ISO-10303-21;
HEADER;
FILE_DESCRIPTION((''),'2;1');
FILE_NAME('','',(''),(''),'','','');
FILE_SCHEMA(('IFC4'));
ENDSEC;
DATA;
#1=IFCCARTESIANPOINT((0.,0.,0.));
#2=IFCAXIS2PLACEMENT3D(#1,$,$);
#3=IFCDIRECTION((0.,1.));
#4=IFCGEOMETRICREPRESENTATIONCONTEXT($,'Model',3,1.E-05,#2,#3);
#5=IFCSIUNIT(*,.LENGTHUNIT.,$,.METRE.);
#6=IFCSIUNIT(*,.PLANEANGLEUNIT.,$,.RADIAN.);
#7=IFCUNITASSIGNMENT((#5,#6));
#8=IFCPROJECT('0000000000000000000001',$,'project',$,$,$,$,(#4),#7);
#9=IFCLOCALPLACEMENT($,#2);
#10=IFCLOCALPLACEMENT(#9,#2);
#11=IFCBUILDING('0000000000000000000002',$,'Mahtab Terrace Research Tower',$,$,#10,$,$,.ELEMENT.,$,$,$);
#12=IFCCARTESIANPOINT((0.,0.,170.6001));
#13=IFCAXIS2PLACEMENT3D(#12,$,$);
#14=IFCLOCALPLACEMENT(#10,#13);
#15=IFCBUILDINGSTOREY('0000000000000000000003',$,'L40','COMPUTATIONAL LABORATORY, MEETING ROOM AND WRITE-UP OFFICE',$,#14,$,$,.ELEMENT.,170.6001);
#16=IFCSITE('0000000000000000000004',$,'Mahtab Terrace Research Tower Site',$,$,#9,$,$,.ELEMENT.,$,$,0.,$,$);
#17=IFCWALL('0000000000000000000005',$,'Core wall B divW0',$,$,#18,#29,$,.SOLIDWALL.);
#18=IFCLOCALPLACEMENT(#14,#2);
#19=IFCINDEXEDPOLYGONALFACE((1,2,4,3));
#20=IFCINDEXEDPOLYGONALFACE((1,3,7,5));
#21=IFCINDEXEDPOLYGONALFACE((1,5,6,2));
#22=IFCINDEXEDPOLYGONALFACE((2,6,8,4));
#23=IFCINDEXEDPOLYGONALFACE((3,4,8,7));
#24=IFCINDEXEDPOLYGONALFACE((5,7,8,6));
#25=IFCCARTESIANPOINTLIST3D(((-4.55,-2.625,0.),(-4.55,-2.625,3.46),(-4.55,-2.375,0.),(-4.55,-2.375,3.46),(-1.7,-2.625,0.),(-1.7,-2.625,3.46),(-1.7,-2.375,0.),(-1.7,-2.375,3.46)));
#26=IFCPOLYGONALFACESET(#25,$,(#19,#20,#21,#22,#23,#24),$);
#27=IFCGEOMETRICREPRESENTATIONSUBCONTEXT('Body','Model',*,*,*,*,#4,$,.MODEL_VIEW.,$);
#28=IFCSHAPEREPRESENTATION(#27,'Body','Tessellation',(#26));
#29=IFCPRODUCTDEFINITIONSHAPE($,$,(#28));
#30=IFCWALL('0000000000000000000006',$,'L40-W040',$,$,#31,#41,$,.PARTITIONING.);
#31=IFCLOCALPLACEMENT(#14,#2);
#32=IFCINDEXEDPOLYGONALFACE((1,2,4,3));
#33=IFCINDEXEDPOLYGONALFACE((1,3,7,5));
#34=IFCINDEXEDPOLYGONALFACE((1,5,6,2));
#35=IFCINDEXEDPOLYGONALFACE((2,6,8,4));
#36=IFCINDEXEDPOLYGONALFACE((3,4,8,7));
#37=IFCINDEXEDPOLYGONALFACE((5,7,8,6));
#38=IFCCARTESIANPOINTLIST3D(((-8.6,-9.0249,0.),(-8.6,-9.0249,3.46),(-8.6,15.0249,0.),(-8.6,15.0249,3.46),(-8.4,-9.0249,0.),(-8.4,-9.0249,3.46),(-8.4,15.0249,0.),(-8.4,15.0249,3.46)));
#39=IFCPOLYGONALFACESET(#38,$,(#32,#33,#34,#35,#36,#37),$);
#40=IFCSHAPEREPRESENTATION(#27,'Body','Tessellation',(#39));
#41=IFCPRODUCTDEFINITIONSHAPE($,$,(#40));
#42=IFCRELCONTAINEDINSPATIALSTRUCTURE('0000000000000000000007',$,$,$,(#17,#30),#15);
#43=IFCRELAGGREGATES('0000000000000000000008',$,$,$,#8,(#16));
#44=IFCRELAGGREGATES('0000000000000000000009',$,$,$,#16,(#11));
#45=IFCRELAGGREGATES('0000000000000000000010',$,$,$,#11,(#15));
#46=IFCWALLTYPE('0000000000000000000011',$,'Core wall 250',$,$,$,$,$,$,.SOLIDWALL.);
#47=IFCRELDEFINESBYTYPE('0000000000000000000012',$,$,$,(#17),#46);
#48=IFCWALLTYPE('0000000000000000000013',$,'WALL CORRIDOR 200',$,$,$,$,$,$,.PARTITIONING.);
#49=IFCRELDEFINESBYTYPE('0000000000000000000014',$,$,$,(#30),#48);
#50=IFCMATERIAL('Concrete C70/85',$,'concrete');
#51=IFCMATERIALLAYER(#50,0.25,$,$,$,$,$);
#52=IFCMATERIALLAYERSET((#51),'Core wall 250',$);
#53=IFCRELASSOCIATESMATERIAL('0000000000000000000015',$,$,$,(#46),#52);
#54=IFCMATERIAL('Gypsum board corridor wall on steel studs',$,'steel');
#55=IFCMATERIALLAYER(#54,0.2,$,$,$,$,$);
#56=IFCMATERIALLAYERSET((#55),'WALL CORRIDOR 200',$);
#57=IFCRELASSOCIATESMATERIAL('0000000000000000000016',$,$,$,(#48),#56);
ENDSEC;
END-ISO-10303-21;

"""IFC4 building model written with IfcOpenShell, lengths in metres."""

from ifc_helpers import new_model, si_unit, direction, frame, frame_2d, origin, place, context, subcontext, project, spatial, rectangle, extrude, material, layer, layer_set, type_object, element, save


model = new_model("IFC4")

# Units and contexts
model_context = context("Model", 3, precision=1e-05, world=origin(), true_north=direction((0.0, 1.0)))
body_context = subcontext(model_context, "Body", "Model", "MODEL_VIEW")
ifc_project = project(units=[si_unit("LENGTHUNIT", "METRE"), si_unit("PLANEANGLEUNIT", "RADIAN")], contexts=[model_context])

# Site, building, storey
site_placement = place(None, origin())
site = spatial("IfcSite", under=ifc_project, at=site_placement, Name="Mahtab Terrace Research Tower Site", CompositionType="ELEMENT", RefElevation=0.0)
building_placement = place(site_placement, origin())
building = spatial("IfcBuilding", under=site, at=building_placement, Name="Mahtab Terrace Research Tower", CompositionType="ELEMENT")
storey_placement = place(building_placement, frame((0.0, 0.0, 170.6001)))
storey = spatial("IfcBuildingStorey", under=building, at=storey_placement, Name="L40", Description="COMPUTATIONAL LABORATORY, MEETING ROOM AND WRITE-UP OFFICE", CompositionType="ELEMENT", Elevation=170.6001)

# Shared definitions
ifc_material_1 = material(Name="Concrete C70/85", Category="concrete")

# Shared definitions
ifc_layer_1 = layer(ifc_material_1, 0.25)
ifc_layer_set_1 = layer_set([ifc_layer_1], Name="Core wall 250")
wall_type_1 = type_object("IfcWallType", Name="Core wall 250", PredefinedType="SOLIDWALL", material=ifc_layer_set_1)

# Walls
wall_1_placement = place(storey_placement, frame((-4.55, -2.5, 0.0), z_axis=(0.0, 0.0, 1.0), x_axis=(1.0, 0.0, 0.0)))
element("IfcWall", 1, at=wall_1_placement, inside=storey, type_object=wall_type_1, Name="Core wall B divW0", PredefinedType="SOLIDWALL", context=body_context, shape_type="SweptSolid", body=[
    extrude(rectangle(XDim=2.8501, YDim=0.25, at=frame_2d((1.425, 0.0))), origin(), (0.0, 0.0, 1.0), 3.46),
])
ifc_material_2 = material(Name="Gypsum board corridor wall on steel studs", Category="steel")
ifc_layer_2 = layer(ifc_material_2, 0.2)
ifc_layer_set_2 = layer_set([ifc_layer_2], Name="WALL CORRIDOR 200")
wall_type_2 = type_object("IfcWallType", Name="WALL CORRIDOR 200", PredefinedType="PARTITIONING", material=ifc_layer_set_2)
wall_2_placement = place(storey_placement, frame((-8.5, -9.0249, 0.0), z_axis=(0.0, 0.0, 1.0), x_axis=(0.0, 1.0, 0.0)))
element("IfcWall", 2, at=wall_2_placement, inside=storey, type_object=wall_type_2, Name="L40-W040", PredefinedType="PARTITIONING", context=body_context, shape_type="SweptSolid", body=[
    extrude(rectangle(XDim=24.0498, YDim=0.2, at=frame_2d((12.0249, 0.0))), origin(), (0.0, 0.0, 1.0), 3.46),
])

save(model, "model.ifc")
